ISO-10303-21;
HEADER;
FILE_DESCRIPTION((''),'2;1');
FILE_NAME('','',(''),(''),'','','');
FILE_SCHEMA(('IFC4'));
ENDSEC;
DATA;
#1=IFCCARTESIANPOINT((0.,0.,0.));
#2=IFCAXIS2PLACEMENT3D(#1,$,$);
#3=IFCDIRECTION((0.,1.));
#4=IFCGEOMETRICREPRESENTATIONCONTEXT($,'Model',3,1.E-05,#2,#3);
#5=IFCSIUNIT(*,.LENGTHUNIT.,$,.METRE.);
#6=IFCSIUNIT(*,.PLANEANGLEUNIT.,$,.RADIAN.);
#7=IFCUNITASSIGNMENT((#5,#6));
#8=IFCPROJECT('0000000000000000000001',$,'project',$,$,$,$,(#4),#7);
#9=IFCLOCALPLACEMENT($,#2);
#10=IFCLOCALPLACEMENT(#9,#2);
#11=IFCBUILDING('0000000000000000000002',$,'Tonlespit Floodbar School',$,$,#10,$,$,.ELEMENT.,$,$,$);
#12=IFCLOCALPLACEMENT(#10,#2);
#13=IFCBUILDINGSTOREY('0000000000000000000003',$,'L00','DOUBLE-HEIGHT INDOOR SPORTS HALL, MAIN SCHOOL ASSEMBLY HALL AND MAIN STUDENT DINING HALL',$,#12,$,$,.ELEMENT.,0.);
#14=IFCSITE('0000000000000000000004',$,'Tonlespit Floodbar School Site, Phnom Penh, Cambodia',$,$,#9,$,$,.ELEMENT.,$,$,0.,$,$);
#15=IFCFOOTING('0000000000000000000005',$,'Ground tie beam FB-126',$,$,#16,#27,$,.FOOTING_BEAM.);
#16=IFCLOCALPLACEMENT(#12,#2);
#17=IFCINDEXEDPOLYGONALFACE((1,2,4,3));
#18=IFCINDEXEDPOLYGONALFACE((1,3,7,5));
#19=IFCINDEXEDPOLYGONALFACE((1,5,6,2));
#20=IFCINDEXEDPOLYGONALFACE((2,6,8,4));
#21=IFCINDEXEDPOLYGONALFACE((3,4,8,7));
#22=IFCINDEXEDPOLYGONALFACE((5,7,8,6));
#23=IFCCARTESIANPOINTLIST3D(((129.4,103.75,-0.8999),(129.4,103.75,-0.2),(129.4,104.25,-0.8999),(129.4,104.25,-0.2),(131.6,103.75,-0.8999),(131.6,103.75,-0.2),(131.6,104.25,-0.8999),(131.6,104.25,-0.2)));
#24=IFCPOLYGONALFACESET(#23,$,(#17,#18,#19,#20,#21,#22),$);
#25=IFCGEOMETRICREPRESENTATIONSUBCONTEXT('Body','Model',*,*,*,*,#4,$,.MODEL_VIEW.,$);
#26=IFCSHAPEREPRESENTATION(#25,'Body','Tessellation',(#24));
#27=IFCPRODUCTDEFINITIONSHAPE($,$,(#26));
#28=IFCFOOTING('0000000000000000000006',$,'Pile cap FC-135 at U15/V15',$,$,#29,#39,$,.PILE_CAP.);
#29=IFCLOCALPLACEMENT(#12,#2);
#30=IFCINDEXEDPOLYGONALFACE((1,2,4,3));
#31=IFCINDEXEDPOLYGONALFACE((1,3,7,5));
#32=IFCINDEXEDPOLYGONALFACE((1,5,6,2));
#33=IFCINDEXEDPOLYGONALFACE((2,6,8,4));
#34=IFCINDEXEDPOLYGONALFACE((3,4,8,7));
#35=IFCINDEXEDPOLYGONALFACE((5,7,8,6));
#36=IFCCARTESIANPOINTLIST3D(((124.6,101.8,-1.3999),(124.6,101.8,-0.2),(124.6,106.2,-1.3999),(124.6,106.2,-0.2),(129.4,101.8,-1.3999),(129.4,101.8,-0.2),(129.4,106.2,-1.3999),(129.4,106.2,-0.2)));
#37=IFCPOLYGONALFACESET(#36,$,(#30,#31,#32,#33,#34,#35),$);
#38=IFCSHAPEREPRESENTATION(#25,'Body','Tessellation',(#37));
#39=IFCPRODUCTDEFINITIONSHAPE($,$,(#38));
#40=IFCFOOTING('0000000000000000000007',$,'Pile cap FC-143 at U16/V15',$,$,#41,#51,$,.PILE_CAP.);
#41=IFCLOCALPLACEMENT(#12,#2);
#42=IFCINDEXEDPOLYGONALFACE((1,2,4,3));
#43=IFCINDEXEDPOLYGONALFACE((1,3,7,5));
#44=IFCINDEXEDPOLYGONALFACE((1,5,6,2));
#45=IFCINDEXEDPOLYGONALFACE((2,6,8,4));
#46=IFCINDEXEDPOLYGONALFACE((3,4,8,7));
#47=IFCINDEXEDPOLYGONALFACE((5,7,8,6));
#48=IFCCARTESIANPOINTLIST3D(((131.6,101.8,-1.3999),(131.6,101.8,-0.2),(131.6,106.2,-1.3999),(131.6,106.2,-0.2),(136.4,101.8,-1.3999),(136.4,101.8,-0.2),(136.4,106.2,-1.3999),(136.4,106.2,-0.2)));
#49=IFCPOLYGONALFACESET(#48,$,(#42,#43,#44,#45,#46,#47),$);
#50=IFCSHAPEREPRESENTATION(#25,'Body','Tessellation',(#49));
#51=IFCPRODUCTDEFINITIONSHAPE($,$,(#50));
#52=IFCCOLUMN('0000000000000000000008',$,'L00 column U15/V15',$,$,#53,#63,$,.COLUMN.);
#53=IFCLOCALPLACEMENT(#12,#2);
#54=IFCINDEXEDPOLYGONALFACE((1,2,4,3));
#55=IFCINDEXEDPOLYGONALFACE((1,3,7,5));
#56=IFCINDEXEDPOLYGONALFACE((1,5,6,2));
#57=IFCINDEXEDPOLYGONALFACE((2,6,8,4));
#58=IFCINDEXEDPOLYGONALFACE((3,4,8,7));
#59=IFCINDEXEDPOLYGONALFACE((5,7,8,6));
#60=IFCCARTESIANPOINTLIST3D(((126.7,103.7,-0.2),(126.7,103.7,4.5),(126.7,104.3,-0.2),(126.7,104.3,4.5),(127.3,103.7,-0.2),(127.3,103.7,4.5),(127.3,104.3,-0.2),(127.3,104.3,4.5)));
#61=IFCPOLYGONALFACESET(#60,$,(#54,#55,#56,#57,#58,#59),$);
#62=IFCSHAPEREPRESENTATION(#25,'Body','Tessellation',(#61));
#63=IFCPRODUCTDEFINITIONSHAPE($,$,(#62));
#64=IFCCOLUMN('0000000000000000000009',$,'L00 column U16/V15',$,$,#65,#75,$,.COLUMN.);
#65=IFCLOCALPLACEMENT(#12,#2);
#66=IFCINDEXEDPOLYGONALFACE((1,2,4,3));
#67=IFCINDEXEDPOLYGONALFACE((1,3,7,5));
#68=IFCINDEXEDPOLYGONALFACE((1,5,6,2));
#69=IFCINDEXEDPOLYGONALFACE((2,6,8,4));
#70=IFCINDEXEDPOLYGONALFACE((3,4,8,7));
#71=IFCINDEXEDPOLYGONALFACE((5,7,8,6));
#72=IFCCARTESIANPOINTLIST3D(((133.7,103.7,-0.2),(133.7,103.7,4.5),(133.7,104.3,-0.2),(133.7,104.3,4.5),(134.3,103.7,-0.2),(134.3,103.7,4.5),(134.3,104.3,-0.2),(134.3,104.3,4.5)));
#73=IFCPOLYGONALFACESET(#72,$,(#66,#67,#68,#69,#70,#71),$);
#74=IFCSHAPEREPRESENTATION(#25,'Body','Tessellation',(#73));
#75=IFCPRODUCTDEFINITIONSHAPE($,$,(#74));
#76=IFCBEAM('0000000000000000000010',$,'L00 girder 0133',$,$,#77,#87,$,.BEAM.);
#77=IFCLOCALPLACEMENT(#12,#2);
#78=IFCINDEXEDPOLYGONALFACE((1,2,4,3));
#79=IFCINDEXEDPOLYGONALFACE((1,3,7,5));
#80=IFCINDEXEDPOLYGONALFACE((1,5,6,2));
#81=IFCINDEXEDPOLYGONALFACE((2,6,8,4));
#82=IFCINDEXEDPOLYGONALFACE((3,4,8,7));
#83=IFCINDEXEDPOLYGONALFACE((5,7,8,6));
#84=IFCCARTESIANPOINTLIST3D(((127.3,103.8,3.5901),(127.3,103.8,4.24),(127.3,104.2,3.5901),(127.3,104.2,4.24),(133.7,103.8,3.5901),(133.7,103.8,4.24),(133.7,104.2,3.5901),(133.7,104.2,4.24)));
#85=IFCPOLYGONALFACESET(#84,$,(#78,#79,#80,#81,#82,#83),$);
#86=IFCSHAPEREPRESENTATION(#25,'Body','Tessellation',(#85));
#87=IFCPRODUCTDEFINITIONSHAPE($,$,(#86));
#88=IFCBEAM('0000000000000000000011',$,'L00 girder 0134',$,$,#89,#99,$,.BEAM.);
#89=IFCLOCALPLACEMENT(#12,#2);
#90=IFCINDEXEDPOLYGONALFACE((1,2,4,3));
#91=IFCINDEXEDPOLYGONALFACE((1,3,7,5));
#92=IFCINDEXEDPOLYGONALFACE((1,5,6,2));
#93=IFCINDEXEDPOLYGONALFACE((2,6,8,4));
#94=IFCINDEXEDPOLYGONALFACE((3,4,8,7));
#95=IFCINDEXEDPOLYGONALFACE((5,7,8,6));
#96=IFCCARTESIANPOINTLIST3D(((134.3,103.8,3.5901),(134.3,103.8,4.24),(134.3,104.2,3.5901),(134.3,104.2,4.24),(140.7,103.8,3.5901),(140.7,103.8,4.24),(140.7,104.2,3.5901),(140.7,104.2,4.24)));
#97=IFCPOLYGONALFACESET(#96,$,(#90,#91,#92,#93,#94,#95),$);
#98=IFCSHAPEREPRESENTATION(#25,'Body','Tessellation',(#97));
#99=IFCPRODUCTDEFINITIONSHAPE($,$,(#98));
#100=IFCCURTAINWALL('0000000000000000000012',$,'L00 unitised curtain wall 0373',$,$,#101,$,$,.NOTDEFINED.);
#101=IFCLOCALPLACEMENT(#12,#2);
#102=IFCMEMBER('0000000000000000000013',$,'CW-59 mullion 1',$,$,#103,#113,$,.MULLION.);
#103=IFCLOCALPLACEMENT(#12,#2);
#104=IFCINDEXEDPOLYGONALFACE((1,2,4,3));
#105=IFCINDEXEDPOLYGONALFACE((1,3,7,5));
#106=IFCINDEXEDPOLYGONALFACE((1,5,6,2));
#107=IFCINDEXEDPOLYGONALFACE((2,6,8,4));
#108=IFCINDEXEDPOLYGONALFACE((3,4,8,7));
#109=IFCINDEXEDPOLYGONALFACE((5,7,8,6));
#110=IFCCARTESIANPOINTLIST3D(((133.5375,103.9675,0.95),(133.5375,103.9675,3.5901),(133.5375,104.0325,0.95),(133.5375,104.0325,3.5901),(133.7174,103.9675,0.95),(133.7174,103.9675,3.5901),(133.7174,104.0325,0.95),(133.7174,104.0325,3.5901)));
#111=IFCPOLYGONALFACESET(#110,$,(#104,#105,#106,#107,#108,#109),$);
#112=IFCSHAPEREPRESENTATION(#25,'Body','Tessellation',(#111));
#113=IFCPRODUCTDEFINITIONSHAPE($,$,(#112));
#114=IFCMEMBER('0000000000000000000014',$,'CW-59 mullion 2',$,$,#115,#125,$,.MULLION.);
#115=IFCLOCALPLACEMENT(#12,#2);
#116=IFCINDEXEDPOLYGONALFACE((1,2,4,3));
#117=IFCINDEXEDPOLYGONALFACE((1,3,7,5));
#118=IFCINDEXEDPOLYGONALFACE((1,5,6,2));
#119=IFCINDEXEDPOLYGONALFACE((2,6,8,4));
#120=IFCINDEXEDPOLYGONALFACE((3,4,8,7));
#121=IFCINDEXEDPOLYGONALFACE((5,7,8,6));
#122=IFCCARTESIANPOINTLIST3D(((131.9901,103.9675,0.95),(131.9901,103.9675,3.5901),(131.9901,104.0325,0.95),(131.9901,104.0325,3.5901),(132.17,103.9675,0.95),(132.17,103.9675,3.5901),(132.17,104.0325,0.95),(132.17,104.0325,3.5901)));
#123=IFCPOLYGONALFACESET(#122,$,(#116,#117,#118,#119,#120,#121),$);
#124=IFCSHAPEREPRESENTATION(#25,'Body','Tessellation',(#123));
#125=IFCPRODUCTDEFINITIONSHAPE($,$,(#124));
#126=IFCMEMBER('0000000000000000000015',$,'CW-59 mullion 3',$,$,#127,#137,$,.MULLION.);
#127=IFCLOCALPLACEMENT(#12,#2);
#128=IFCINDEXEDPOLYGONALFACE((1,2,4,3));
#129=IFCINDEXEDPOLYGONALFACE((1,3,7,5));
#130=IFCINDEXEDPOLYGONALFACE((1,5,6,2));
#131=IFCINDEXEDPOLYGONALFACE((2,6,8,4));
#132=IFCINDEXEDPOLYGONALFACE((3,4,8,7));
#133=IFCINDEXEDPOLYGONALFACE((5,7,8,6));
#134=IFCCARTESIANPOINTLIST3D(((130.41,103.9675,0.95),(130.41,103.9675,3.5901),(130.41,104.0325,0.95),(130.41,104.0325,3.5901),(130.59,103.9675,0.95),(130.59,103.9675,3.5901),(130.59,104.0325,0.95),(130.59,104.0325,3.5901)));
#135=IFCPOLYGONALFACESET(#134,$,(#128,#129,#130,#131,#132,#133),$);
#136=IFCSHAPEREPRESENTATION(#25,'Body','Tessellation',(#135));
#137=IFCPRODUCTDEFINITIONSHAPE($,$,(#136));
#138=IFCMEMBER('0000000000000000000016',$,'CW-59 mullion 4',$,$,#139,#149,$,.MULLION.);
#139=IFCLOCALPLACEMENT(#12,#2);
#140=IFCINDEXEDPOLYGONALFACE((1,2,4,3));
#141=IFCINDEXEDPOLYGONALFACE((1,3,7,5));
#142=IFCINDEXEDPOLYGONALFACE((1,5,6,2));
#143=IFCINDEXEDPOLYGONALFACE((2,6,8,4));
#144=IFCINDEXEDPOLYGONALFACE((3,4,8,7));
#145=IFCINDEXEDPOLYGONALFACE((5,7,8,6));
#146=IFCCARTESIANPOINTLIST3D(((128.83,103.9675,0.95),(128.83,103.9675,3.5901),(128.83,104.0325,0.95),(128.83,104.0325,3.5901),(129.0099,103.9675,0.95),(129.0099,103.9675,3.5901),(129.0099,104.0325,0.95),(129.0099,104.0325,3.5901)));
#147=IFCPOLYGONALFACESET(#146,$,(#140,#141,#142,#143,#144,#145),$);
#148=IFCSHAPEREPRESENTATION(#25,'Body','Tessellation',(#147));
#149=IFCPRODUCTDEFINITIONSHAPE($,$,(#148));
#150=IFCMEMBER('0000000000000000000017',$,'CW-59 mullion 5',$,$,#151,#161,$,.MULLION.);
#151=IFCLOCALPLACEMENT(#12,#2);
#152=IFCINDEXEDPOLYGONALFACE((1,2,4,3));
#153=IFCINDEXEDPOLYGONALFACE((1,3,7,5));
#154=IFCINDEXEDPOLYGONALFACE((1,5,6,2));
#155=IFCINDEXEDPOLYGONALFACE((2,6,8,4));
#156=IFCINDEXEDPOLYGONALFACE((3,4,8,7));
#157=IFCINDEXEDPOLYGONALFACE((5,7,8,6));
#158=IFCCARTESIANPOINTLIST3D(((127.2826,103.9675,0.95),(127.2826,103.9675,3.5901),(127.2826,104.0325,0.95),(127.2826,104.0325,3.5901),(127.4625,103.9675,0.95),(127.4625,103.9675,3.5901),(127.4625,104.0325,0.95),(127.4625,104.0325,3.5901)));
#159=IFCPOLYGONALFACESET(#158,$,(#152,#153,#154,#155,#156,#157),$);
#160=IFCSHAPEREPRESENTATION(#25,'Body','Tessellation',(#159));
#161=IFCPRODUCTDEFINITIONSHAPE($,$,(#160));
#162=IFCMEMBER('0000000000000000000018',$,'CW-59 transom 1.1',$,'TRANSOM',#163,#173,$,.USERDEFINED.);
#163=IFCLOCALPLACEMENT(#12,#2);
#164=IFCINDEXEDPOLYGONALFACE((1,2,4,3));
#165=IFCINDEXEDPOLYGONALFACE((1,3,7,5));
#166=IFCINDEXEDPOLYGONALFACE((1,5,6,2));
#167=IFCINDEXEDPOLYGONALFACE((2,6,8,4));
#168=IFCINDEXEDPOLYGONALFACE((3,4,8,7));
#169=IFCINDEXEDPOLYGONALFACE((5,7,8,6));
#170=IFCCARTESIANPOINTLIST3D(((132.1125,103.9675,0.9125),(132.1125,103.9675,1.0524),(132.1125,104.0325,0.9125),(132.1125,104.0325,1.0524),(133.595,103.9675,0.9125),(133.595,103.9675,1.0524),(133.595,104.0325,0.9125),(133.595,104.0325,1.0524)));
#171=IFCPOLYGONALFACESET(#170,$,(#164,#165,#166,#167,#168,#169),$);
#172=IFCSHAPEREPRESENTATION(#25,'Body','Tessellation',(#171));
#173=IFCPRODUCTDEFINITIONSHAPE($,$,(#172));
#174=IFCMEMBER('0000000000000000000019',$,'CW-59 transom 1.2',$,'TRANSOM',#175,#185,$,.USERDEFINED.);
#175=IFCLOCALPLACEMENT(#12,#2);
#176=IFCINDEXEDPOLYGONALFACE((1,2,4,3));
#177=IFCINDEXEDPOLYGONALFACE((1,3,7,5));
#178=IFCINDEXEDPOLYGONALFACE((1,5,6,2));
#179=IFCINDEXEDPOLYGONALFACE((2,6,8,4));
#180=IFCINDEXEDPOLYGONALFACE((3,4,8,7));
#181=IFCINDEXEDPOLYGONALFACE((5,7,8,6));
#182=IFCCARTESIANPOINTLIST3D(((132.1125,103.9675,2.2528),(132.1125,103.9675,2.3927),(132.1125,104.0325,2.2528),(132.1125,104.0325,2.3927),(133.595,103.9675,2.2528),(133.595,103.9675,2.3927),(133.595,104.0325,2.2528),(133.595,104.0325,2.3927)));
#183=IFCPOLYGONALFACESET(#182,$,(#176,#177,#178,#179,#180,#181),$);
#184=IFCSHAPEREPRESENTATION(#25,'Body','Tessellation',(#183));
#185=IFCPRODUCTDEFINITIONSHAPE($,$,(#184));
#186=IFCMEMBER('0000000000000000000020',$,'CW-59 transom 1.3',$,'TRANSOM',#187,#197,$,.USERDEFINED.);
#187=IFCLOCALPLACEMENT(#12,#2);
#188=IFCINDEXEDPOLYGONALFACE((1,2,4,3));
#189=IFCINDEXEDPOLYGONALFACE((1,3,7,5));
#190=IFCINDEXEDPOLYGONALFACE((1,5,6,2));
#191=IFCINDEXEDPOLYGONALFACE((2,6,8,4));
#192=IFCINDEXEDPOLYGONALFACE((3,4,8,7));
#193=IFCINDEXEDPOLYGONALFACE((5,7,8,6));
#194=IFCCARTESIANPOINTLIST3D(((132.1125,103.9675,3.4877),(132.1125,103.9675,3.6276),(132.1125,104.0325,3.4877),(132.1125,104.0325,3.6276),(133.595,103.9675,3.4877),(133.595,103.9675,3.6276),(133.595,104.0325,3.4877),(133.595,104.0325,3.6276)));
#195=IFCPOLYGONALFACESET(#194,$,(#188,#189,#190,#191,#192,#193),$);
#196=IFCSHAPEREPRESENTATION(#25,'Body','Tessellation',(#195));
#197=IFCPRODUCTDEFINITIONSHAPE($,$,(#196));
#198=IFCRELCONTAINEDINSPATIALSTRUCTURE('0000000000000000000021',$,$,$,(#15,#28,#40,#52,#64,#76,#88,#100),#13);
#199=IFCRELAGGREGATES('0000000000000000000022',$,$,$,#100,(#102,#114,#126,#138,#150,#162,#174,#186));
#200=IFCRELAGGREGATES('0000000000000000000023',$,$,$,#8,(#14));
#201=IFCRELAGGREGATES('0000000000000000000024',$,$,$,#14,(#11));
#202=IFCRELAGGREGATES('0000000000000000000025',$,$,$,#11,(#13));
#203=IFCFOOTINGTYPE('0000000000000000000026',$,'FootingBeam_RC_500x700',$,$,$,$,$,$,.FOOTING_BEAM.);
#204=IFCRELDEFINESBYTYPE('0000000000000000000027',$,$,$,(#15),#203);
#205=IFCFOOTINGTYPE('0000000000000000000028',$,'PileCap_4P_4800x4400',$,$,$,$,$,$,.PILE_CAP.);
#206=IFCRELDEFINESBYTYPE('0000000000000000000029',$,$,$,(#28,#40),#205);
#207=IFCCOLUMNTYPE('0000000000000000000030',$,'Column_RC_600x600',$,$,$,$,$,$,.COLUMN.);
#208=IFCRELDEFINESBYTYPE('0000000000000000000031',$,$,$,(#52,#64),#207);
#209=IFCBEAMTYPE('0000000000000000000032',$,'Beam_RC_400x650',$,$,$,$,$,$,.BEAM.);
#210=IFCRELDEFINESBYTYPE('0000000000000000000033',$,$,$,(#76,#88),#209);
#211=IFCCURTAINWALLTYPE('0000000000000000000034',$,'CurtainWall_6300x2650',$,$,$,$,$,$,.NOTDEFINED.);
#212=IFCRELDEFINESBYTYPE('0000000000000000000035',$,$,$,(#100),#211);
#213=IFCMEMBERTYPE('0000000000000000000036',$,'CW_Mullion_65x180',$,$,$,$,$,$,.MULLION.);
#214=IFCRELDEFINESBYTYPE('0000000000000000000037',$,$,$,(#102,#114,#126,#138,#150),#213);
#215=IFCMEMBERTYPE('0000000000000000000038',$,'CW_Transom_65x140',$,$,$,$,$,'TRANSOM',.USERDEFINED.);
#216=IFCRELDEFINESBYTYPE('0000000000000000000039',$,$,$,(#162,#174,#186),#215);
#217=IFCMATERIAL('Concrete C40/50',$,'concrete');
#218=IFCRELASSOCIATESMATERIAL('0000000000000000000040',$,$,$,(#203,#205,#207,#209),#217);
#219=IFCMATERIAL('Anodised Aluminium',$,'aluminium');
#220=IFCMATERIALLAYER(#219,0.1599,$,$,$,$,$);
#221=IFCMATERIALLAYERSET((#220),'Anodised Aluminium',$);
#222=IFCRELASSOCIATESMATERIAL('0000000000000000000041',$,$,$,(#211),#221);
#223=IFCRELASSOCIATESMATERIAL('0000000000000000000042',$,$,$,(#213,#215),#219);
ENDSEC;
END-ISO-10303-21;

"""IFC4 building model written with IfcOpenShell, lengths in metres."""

from ifc_helpers import new_model, si_unit, direction, frame, origin, origin_2d, place, context, subcontext, project, spatial, rectangle, extrude, material, layer, layer_set, material_profile, profile_set, type_object, element, aggregate, save


model = new_model("IFC4")

# Units and contexts
model_context = context("Model", 3, precision=1e-05, world=origin(), true_north=direction((0.0, 1.0)))
body_context = subcontext(model_context, "Body", "Model", "MODEL_VIEW")
ifc_project = project(units=[si_unit("LENGTHUNIT", "METRE"), si_unit("PLANEANGLEUNIT", "RADIAN")], contexts=[model_context])

# Site, building, storey
site_placement = place(None, origin())
site = spatial("IfcSite", under=ifc_project, at=site_placement, Name="Tonlespit Floodbar School Site, Phnom Penh, Cambodia", CompositionType="ELEMENT", RefElevation=0.0)
building_placement = place(site_placement, origin())
building = spatial("IfcBuilding", under=site, at=building_placement, Name="Tonlespit Floodbar School", CompositionType="ELEMENT")
storey_placement = place(building_placement, origin())
storey = spatial("IfcBuildingStorey", under=building, at=storey_placement, Name="L00", Description="DOUBLE-HEIGHT INDOOR SPORTS HALL, MAIN SCHOOL ASSEMBLY HALL AND MAIN STUDENT DINING HALL", CompositionType="ELEMENT", Elevation=0.0)

# Footings
ifc_material_1 = material(Name="Concrete C40/50", Category="concrete")
footing_type_1 = type_object("IfcFootingType", Name="FootingBeam_RC_500x700", PredefinedType="FOOTING_BEAM", material=ifc_material_1)
footing_placement = place(storey_placement, frame((130.5, 104.0, -0.8999), z_axis=(0.0, 0.0, 1.0), x_axis=(1.0, 0.0, 0.0)))
element("IfcFooting", 1, at=footing_placement, inside=storey, type_object=footing_type_1, Name="Ground tie beam FB-126", PredefinedType="FOOTING_BEAM", context=body_context, shape_type="SweptSolid", body=[
    extrude(rectangle(XDim=2.2, YDim=0.5, at=origin_2d()), origin(), (0.0, 0.0, 1.0), 0.7),
])
footing_type_2 = type_object("IfcFootingType", Name="PileCap_4P_4800x4400", PredefinedType="PILE_CAP", material=ifc_material_1)
for number, where, z_axis, x_axis, name in (
    (2, (127.0, 104.0, -1.3999), (0.0, 0.0, 1.0), (1.0, 0.0, 0.0), "Pile cap FC-135 at U15/V15"),
    (3, (134.0, 104.0, -1.3999), (0.0, 0.0, 1.0), (1.0, 0.0, 0.0), "Pile cap FC-143 at U16/V15"),
):
    element("IfcFooting", number, at=place(storey_placement, frame(where, z_axis=z_axis, x_axis=x_axis)), inside=storey, type_object=footing_type_2, Name=name, PredefinedType="PILE_CAP", context=body_context, shape_type="SweptSolid", body=[
        extrude(rectangle(XDim=4.8, YDim=4.3999, at=origin_2d()), origin(), (0.0, 0.0, 1.0), 1.2),
    ])

# Columns
ifc_material_profile_1 = material_profile(ifc_material_1, rectangle(XDim=0.6001, YDim=0.6001, at=origin_2d()), Name="RC 600x600")
ifc_profile_set_1 = profile_set([ifc_material_profile_1], Name="Concrete C40/50")
column_type = type_object("IfcColumnType", Name="Column_RC_600x600", PredefinedType="COLUMN", material=ifc_profile_set_1)
for number, where, z_axis, x_axis, name in (
    (4, (127.0, 104.0, -0.2), (0.0, 0.0, 1.0), (1.0, 0.0, 0.0), "L00 column U15/V15"),
    (5, (134.0, 104.0, -0.2), (0.0, 0.0, 1.0), (1.0, 0.0, 0.0), "L00 column U16/V15"),
):
    element("IfcColumn", number, at=place(storey_placement, frame(where, z_axis=z_axis, x_axis=x_axis)), inside=storey, type_object=column_type, Name=name, PredefinedType="COLUMN", context=body_context, shape_type="SweptSolid", body=[
        extrude(rectangle(XDim=0.6001, YDim=0.6001, at=origin_2d()), origin(), (0.0, 0.0, 1.0), 4.7),
    ])

# Beams
ifc_material_profile_2 = material_profile(ifc_material_1, rectangle(XDim=0.3999, YDim=0.6499, at=origin_2d()), Name="RC 400x650")
ifc_profile_set_2 = profile_set([ifc_material_profile_2], Name="Concrete C40/50")
beam_type = type_object("IfcBeamType", Name="Beam_RC_400x650", PredefinedType="BEAM", material=ifc_profile_set_2)
for number, where, z_axis, x_axis, name in (
    (6, (127.3, 104.0, 3.915), (1.0, 0.0, 0.0), (0.0, 1.0, 0.0), "L00 girder 0133"),
    (7, (134.3, 104.0, 3.915), (1.0, 0.0, 0.0), (0.0, 1.0, 0.0), "L00 girder 0134"),
):
    element("IfcBeam", number, at=place(storey_placement, frame(where, z_axis=z_axis, x_axis=x_axis)), inside=storey, type_object=beam_type, Name=name, PredefinedType="BEAM", context=body_context, shape_type="SweptSolid", body=[
        extrude(rectangle(XDim=0.3999, YDim=0.6499, at=origin_2d()), origin(), (0.0, 0.0, 1.0), 6.3999),
    ])

# Curtain wall, members
ifc_material_2 = material(Name="Anodised Aluminium", Category="aluminium")
ifc_layer_1 = layer(ifc_material_2, 0.1599)
ifc_layer_set_1 = layer_set([ifc_layer_1], Name="Anodised Aluminium")
curtain_wall_type = type_object("IfcCurtainWallType", Name="CurtainWall_6300x2650", PredefinedType="NOTDEFINED", material=ifc_layer_set_1)
curtain_wall_placement = place(storey_placement, origin())
curtain_wall = element("IfcCurtainWall", 8, at=curtain_wall_placement, inside=storey, type_object=curtain_wall_type, Name="L00 unitised curtain wall 0373", PredefinedType="NOTDEFINED")
ifc_material_profile_3 = material_profile(ifc_material_2, rectangle(XDim=0.0649, YDim=0.1799, at=origin_2d()), Name="ALU M65x180")
ifc_profile_set_3 = profile_set([ifc_material_profile_3], Name="Anodised Aluminium")
member_type_1 = type_object("IfcMemberType", Name="CW_Mullion_65x180", PredefinedType="MULLION", material=ifc_profile_set_3)
member_1_placement = place(storey_placement, frame((133.6274, 104.0, 0.95), z_axis=(0.0, 0.0, 1.0), x_axis=(0.0, -1.0, 0.0)))
member_1 = element("IfcMember", 9, at=member_1_placement, type_object=member_type_1, Name="CW-59 mullion 1", PredefinedType="MULLION", context=body_context, shape_type="SweptSolid", body=[
    extrude(rectangle(XDim=0.0649, YDim=0.1799, at=origin_2d()), origin(), (0.0, 0.0, 1.0), 2.6401),
])
member_2_placement = place(storey_placement, frame((132.0801, 104.0, 0.95), z_axis=(0.0, 0.0, 1.0), x_axis=(0.0, -1.0, 0.0)))
member_2 = element("IfcMember", 10, at=member_2_placement, type_object=member_type_1, Name="CW-59 mullion 2", PredefinedType="MULLION", context=body_context, shape_type="SweptSolid", body=[
    extrude(rectangle(XDim=0.0649, YDim=0.1799, at=origin_2d()), origin(), (0.0, 0.0, 1.0), 2.6401),
])
member_3_placement = place(storey_placement, frame((130.5, 104.0, 0.95), z_axis=(0.0, 0.0, 1.0), x_axis=(0.0, -1.0, 0.0)))
member_3 = element("IfcMember", 11, at=member_3_placement, type_object=member_type_1, Name="CW-59 mullion 3", PredefinedType="MULLION", context=body_context, shape_type="SweptSolid", body=[
    extrude(rectangle(XDim=0.0649, YDim=0.1799, at=origin_2d()), origin(), (0.0, 0.0, 1.0), 2.6401),
])
member_4_placement = place(storey_placement, frame((128.9199, 104.0, 0.95), z_axis=(0.0, 0.0, 1.0), x_axis=(0.0, -1.0, 0.0)))
member_4 = element("IfcMember", 12, at=member_4_placement, type_object=member_type_1, Name="CW-59 mullion 4", PredefinedType="MULLION", context=body_context, shape_type="SweptSolid", body=[
    extrude(rectangle(XDim=0.0649, YDim=0.1799, at=origin_2d()), origin(), (0.0, 0.0, 1.0), 2.6401),
])
member_5_placement = place(storey_placement, frame((127.3726, 104.0, 0.95), z_axis=(0.0, 0.0, 1.0), x_axis=(0.0, -1.0, 0.0)))
member_5 = element("IfcMember", 13, at=member_5_placement, type_object=member_type_1, Name="CW-59 mullion 5", PredefinedType="MULLION", context=body_context, shape_type="SweptSolid", body=[
    extrude(rectangle(XDim=0.0649, YDim=0.1799, at=origin_2d()), origin(), (0.0, 0.0, 1.0), 2.6401),
])
ifc_material_profile_4 = material_profile(ifc_material_2, rectangle(XDim=0.0649, YDim=0.1399, at=origin_2d()), Name="ALU T65x140")
ifc_profile_set_4 = profile_set([ifc_material_profile_4], Name="Anodised Aluminium")
member_type_2 = type_object("IfcMemberType", Name="CW_Transom_65x140", ElementType="TRANSOM", PredefinedType="USERDEFINED", material=ifc_profile_set_4)
member_6_placement = place(storey_placement, frame((133.595, 104.0, 0.9824), z_axis=(-1.0, 0.0, 0.0), x_axis=(0.0, -1.0, 0.0)))
member_6 = element("IfcMember", 14, at=member_6_placement, type_object=member_type_2, Name="CW-59 transom 1.1", ObjectType="TRANSOM", PredefinedType="USERDEFINED", context=body_context, shape_type="SweptSolid", body=[
    extrude(rectangle(XDim=0.0649, YDim=0.1399, at=origin_2d()), origin(), (0.0, 0.0, 1.0), 1.4824),
])
member_7_placement = place(storey_placement, frame((133.595, 104.0, 2.3228), z_axis=(-1.0, 0.0, 0.0), x_axis=(0.0, -1.0, 0.0)))
member_7 = element("IfcMember", 15, at=member_7_placement, type_object=member_type_2, Name="CW-59 transom 1.2", ObjectType="TRANSOM", PredefinedType="USERDEFINED", context=body_context, shape_type="SweptSolid", body=[
    extrude(rectangle(XDim=0.0649, YDim=0.1399, at=origin_2d()), origin(), (0.0, 0.0, 1.0), 1.4824),
])
member_8_placement = place(storey_placement, frame((133.595, 104.0, 3.5576), z_axis=(-1.0, 0.0, 0.0), x_axis=(0.0, -1.0, 0.0)))
member_8 = element("IfcMember", 16, at=member_8_placement, type_object=member_type_2, Name="CW-59 transom 1.3", ObjectType="TRANSOM", PredefinedType="USERDEFINED", context=body_context, shape_type="SweptSolid", body=[
    extrude(rectangle(XDim=0.0649, YDim=0.1399, at=origin_2d()), origin(), (0.0, 0.0, 1.0), 1.4824),
])
aggregate(curtain_wall, [member_1, member_2, member_3, member_4, member_5, member_6, member_7, member_8])

save(model, "model.ifc")
